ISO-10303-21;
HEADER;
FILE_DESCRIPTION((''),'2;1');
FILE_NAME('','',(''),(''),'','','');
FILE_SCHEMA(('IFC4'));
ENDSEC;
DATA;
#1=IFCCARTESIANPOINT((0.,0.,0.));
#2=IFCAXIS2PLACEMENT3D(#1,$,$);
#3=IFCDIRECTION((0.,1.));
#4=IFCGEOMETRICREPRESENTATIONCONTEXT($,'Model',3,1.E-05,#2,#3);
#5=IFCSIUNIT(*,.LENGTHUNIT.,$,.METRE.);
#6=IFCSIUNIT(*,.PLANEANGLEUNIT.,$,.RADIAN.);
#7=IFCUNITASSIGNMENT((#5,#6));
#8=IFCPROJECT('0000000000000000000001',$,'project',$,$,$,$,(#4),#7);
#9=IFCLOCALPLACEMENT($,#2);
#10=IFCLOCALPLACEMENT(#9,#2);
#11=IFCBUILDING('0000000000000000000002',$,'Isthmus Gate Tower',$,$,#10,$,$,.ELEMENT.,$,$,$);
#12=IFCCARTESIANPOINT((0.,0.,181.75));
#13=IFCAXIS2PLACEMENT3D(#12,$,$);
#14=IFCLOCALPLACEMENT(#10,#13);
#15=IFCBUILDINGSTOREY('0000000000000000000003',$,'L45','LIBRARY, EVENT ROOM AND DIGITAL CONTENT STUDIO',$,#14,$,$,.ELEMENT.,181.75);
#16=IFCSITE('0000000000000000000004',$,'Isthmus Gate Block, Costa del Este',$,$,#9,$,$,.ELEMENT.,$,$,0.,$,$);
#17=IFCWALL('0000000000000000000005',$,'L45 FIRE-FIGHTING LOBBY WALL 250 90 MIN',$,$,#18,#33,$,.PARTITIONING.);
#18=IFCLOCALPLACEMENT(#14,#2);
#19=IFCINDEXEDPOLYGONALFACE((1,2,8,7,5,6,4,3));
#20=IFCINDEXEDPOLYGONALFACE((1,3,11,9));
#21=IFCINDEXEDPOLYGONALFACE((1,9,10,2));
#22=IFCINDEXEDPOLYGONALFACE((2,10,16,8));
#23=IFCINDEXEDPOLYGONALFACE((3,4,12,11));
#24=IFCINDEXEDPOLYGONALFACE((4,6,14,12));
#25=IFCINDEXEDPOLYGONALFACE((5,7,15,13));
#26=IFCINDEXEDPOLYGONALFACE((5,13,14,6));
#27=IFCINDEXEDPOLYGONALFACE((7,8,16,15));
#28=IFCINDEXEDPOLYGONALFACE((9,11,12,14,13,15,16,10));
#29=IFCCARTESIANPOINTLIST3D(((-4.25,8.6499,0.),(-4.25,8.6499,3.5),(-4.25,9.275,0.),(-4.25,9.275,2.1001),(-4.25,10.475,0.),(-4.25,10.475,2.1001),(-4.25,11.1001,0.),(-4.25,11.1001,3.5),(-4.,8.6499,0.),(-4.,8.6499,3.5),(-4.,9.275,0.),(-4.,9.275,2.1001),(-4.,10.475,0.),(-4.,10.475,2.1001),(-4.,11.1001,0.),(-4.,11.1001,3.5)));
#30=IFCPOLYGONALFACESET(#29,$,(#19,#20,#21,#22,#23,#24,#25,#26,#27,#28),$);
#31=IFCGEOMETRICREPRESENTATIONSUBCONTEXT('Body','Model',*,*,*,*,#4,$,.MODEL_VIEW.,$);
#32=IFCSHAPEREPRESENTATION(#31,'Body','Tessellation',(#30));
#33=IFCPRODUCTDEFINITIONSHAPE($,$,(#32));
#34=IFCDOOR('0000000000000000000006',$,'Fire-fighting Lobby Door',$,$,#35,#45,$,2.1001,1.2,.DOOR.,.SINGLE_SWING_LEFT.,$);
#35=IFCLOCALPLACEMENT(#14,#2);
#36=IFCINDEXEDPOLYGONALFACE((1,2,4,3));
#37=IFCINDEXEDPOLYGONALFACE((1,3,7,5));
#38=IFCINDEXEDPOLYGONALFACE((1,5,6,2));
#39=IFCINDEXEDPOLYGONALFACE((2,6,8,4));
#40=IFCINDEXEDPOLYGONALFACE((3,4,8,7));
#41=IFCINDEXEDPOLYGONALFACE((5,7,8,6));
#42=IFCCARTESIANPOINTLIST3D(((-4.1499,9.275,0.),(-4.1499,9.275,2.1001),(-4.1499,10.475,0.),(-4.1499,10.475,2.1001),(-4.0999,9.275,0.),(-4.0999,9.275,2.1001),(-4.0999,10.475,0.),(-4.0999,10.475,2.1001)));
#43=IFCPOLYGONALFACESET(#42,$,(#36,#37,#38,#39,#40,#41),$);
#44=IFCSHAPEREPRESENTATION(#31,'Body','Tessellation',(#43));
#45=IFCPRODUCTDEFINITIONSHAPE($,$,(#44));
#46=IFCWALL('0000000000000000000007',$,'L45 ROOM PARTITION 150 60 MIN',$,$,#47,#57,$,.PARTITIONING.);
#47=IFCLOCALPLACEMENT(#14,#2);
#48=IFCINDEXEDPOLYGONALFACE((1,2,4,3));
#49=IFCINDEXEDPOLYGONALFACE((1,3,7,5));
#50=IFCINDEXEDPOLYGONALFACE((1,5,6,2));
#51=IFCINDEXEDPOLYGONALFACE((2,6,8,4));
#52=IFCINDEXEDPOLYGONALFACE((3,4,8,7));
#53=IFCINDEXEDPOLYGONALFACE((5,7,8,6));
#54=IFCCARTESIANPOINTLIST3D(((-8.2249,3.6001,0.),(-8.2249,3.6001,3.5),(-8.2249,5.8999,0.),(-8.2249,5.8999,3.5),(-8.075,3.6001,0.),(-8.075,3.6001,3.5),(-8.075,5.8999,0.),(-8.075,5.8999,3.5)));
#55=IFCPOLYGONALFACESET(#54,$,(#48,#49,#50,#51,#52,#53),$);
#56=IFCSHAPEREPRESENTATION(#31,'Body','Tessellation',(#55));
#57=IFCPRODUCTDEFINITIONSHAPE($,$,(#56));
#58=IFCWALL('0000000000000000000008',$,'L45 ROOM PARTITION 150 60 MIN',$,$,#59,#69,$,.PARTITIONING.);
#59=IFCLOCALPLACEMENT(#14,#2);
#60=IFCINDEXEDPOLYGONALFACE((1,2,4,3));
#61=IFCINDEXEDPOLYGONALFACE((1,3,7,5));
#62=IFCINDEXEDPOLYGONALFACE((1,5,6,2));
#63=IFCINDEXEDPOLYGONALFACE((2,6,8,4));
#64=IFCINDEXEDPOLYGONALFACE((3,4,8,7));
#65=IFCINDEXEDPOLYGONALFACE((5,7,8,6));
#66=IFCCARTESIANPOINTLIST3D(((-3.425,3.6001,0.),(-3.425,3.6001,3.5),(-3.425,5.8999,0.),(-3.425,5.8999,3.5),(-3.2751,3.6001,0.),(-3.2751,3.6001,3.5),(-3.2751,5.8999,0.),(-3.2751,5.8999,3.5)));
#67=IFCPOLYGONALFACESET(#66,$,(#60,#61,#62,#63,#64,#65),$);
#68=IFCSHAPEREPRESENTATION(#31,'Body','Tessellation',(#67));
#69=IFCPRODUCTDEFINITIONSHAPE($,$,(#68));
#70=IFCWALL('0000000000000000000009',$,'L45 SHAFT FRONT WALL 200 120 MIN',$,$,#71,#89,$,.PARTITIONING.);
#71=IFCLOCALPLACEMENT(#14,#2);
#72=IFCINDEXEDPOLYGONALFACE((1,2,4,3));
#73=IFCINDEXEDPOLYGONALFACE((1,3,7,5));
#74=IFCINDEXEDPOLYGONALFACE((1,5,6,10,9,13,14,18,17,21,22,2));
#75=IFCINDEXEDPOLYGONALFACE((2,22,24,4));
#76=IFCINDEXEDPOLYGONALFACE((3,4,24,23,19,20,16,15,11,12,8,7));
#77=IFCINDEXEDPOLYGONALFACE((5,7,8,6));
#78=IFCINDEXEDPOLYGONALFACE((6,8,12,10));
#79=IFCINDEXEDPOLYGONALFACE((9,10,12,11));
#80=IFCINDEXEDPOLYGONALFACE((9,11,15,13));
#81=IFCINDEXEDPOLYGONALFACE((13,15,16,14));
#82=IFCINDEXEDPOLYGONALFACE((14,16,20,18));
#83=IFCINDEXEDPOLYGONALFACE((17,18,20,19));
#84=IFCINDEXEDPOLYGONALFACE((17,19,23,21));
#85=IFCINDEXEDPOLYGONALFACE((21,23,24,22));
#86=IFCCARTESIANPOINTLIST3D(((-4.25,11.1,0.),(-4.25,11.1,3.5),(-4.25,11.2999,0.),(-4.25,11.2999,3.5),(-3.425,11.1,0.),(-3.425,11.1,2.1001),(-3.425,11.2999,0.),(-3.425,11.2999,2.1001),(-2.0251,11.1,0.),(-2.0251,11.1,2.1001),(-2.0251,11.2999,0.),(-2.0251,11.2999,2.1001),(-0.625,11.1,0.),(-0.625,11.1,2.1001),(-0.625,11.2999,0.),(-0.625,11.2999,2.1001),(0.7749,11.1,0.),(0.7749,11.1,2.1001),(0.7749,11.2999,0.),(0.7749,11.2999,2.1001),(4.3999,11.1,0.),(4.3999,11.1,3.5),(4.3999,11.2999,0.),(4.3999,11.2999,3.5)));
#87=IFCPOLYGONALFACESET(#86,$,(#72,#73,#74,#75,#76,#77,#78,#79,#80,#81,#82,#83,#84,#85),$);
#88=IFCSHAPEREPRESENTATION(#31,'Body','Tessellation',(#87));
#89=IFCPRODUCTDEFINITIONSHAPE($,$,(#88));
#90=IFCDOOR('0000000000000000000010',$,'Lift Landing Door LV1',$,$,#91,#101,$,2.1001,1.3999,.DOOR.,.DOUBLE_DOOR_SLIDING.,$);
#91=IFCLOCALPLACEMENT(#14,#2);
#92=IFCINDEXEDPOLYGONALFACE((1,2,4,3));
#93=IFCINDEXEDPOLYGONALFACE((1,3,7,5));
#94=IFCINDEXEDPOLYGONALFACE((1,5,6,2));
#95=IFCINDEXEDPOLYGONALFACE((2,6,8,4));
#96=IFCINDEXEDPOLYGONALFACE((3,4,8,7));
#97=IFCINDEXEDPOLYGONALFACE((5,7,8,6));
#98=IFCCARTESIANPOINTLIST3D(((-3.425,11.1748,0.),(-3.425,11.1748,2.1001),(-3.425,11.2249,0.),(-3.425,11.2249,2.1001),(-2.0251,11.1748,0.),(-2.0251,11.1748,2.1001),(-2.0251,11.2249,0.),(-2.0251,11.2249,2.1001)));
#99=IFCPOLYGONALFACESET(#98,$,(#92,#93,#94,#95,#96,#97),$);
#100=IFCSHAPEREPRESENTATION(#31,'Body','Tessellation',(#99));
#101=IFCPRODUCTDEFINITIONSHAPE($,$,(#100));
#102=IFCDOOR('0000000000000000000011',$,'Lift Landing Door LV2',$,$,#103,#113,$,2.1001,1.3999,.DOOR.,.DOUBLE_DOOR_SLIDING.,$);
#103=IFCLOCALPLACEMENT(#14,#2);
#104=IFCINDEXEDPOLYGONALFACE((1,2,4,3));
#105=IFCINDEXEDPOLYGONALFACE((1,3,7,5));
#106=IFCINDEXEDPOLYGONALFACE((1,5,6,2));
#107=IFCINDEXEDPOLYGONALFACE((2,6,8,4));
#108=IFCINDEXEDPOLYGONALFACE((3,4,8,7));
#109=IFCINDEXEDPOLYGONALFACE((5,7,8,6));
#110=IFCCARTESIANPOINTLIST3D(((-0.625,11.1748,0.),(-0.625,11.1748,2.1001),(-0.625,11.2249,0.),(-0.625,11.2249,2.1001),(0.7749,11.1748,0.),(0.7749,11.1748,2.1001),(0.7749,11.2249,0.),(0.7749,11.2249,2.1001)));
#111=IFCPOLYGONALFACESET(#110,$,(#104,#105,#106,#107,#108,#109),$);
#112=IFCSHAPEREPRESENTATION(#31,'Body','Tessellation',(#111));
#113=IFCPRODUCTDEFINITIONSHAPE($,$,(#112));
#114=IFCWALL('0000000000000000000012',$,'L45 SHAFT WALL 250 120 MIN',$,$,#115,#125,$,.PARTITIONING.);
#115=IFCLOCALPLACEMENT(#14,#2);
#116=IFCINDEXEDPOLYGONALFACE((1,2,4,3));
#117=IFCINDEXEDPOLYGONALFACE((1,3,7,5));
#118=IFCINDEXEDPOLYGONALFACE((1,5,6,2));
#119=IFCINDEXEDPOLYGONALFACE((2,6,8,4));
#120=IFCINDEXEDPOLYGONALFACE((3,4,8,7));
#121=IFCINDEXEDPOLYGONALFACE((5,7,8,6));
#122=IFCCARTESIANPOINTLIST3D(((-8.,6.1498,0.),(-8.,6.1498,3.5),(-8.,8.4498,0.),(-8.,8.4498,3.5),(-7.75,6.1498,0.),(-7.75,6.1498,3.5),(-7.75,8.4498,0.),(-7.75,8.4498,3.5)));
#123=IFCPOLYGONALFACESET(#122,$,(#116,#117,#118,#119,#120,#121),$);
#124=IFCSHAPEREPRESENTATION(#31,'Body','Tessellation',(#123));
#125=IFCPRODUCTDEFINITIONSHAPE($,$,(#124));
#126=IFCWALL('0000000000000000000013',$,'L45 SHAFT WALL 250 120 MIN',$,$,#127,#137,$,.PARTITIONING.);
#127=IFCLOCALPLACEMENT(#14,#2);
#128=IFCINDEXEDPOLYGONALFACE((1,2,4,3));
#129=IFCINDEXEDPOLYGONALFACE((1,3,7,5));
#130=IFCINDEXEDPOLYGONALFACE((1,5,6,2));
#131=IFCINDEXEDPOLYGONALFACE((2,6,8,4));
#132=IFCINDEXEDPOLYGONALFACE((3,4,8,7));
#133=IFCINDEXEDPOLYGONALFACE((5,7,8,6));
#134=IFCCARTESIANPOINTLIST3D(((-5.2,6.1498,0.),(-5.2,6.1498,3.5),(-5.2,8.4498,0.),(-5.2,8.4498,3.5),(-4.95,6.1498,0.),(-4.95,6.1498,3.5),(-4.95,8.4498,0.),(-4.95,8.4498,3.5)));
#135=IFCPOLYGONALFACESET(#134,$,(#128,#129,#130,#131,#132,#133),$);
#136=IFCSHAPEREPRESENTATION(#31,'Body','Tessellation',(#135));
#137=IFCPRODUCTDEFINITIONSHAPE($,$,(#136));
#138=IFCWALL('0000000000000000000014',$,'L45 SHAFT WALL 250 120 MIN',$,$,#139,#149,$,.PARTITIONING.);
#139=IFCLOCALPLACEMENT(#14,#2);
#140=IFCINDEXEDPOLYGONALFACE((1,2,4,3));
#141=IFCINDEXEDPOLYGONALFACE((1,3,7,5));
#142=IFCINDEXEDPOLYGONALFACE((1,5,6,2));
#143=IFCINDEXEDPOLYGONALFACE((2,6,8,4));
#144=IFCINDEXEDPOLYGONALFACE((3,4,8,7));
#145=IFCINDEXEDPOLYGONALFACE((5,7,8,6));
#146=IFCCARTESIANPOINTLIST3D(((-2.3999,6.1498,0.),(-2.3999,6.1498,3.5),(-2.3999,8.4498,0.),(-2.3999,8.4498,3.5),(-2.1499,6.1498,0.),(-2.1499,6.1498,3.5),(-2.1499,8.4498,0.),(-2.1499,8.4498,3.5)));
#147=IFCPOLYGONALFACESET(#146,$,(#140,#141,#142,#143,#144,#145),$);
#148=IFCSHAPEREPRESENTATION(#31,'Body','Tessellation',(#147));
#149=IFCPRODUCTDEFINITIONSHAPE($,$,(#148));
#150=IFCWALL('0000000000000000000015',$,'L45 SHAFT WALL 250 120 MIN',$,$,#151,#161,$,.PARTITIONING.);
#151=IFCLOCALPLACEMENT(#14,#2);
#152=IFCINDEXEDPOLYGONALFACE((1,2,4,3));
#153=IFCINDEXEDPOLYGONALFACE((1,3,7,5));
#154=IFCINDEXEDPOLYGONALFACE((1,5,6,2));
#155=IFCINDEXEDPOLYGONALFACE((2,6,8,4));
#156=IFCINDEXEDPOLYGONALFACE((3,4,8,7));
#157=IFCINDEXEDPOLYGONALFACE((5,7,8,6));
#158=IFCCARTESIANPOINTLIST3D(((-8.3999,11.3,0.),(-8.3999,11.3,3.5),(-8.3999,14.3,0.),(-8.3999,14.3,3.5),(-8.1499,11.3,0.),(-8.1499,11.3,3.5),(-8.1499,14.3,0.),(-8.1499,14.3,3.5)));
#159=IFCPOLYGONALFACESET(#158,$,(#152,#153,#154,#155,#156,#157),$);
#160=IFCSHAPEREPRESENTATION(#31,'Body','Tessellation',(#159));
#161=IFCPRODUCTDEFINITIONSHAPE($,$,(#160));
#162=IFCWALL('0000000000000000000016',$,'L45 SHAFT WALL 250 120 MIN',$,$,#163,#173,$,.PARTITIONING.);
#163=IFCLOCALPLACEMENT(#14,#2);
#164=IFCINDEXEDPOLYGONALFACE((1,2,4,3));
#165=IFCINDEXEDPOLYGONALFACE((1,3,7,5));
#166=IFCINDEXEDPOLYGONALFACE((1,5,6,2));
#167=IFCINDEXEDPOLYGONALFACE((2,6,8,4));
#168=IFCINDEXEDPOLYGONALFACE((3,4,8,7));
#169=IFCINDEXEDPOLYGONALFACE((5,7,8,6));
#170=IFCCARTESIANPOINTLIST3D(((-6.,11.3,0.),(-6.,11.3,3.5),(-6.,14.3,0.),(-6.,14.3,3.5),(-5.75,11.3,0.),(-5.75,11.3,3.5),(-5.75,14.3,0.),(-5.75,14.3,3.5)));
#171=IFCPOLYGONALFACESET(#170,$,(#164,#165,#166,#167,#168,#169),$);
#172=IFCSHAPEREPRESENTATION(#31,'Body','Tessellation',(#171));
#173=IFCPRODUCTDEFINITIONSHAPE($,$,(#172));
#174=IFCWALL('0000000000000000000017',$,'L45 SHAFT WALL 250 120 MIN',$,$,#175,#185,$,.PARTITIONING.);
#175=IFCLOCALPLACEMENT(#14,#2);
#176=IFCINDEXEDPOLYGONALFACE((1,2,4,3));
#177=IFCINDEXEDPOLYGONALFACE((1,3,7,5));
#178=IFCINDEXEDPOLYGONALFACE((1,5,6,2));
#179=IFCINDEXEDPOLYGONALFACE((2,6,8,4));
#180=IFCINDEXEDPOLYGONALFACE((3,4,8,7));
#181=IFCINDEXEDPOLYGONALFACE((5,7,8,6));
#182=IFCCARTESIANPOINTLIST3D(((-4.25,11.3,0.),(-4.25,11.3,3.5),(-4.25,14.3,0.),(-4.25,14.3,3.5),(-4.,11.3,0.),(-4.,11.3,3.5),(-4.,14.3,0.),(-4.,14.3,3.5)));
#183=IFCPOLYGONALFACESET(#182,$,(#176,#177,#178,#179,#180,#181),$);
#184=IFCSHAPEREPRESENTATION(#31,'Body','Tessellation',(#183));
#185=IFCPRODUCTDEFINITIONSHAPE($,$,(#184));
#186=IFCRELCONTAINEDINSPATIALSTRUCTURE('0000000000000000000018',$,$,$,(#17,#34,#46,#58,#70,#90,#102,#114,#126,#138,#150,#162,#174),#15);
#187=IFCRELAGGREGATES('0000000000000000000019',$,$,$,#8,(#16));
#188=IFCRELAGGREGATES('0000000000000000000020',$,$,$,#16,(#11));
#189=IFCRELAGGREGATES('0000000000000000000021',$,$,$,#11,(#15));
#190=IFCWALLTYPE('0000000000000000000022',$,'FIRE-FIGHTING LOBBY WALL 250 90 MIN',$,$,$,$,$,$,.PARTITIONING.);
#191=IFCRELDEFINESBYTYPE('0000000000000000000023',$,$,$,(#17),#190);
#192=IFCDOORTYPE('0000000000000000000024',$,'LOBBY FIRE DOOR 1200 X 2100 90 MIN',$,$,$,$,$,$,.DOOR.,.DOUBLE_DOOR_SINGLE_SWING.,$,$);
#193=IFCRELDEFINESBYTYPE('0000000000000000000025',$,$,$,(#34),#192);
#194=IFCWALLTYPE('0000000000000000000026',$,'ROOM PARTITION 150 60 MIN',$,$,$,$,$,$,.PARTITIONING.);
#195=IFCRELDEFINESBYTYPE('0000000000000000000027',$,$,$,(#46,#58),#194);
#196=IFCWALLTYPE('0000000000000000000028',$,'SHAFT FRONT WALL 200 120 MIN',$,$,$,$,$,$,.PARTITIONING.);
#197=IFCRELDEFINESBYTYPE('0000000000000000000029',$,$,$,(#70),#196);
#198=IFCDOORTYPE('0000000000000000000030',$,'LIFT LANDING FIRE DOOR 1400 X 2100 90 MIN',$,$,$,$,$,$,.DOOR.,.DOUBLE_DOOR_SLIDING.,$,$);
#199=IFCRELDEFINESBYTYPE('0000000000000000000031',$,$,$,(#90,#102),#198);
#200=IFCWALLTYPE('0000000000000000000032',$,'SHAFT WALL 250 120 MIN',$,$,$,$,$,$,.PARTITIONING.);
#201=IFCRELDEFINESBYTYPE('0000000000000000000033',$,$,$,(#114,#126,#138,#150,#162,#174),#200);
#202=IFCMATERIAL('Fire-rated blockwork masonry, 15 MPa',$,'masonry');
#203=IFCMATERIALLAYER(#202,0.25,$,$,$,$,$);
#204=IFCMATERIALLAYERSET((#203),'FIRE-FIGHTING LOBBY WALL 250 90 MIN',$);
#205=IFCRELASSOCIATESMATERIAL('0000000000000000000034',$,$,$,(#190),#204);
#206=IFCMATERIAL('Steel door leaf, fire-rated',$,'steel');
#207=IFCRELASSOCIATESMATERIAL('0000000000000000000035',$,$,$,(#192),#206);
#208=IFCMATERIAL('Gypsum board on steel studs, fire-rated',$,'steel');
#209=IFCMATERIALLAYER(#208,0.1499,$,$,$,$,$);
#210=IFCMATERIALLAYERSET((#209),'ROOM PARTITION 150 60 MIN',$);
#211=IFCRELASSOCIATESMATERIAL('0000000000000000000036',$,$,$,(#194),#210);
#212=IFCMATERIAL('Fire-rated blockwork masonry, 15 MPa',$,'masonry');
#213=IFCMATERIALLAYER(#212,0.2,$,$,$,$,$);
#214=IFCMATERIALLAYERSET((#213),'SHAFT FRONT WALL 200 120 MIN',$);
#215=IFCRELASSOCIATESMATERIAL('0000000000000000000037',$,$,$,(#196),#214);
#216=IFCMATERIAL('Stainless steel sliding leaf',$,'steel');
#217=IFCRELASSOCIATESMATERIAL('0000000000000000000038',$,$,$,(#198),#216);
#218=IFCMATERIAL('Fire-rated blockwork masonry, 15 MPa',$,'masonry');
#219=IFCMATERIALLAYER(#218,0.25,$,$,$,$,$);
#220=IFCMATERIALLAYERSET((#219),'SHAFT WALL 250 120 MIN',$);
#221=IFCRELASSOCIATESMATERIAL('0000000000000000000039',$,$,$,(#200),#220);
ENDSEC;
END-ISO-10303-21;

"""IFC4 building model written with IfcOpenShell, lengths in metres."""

from ifc_helpers import new_model, si_unit, direction, frame, frame_2d, origin, place, context, subcontext, project, spatial, rectangle, extrude, material, layer, layer_set, type_object, element, fill, save


model = new_model("IFC4")

# Units and contexts
model_context = context("Model", 3, precision=1e-05, world=origin(), true_north=direction((0.0, 1.0)))
body_context = subcontext(model_context, "Body", "Model", "MODEL_VIEW")
ifc_project = project(units=[si_unit("LENGTHUNIT", "METRE"), si_unit("PLANEANGLEUNIT", "RADIAN")], contexts=[model_context])

# Site, building, storey
site_placement = place(None, origin())
site = spatial("IfcSite", under=ifc_project, at=site_placement, Name="Isthmus Gate Block, Costa del Este", CompositionType="ELEMENT", RefElevation=0.0)
building_placement = place(site_placement, origin())
building = spatial("IfcBuilding", under=site, at=building_placement, Name="Isthmus Gate Tower", CompositionType="ELEMENT")
storey_placement = place(building_placement, frame((0.0, 0.0, 181.75)))
storey = spatial("IfcBuildingStorey", under=building, at=storey_placement, Name="L45", Description="LIBRARY, EVENT ROOM AND DIGITAL CONTENT STUDIO", CompositionType="ELEMENT", Elevation=181.75)

# Wall, opening, door
ifc_material_1 = material(Name="Fire-rated blockwork masonry, 15 MPa", Category="masonry")
ifc_layer_1 = layer(ifc_material_1, 0.25)
ifc_layer_set_1 = layer_set([ifc_layer_1], Name="FIRE-FIGHTING LOBBY WALL 250 90 MIN")
wall_type_1 = type_object("IfcWallType", Name="FIRE-FIGHTING LOBBY WALL 250 90 MIN", PredefinedType="PARTITIONING", material=ifc_layer_set_1)
wall_1_placement = place(storey_placement, frame((-4.125, 8.6499, 0.0), z_axis=(0.0, 0.0, 1.0), x_axis=(0.0, 1.0, 0.0)))
wall_1 = element("IfcWall", 1, at=wall_1_placement, inside=storey, type_object=wall_type_1, Name="L45 FIRE-FIGHTING LOBBY WALL 250 90 MIN", PredefinedType="PARTITIONING", context=body_context, shape_type="SweptSolid", body=[
    extrude(rectangle(XDim=2.4502, YDim=0.25, at=frame_2d((1.2251, 0.0))), origin(), (0.0, 0.0, 1.0), 3.5),
])
opening_1_placement = place(wall_1_placement, frame((0.625, 0.0, 0.0)))
opening_1 = element("IfcOpeningElement", 2, at=opening_1_placement, cuts=wall_1, PredefinedType="OPENING", context=body_context, shape_type="SweptSolid", body=[
    extrude(rectangle(XDim=1.2, YDim=2.1001, at=frame_2d((0.6001, 1.05))), frame((0.0, 0.135, 0.0), z_axis=(0.0, -1.0, 0.0), x_axis=(1.0, 0.0, 0.0)), (0.0, 0.0, 1.0), 0.27),
])
ifc_material_2 = material(Name="Steel door leaf, fire-rated", Category="steel")
door_type_1 = type_object("IfcDoorType", Name="LOBBY FIRE DOOR 1200 X 2100 90 MIN", OperationType="DOUBLE_DOOR_SINGLE_SWING", PredefinedType="DOOR", material=ifc_material_2)
door_1_placement = place(opening_1_placement, origin())
door_1 = element("IfcDoor", 3, at=door_1_placement, inside=storey, type_object=door_type_1, Name="Fire-fighting Lobby Door", OperationType="SINGLE_SWING_LEFT", OverallHeight=2.1001, OverallWidth=1.2, PredefinedType="DOOR", context=body_context, shape_type="SweptSolid", body=[
    extrude(rectangle(XDim=1.2, YDim=2.1001, at=frame_2d((0.6001, 1.05))), frame((0.0, 0.0249, 0.0), z_axis=(0.0, -1.0, 0.0), x_axis=(1.0, 0.0, 0.0)), (0.0, 0.0, 1.0), 0.05),
])
fill(opening_1, door_1)

# Walls
ifc_material_3 = material(Name="Gypsum board on steel studs, fire-rated", Category="steel")
ifc_layer_2 = layer(ifc_material_3, 0.1499)
ifc_layer_set_2 = layer_set([ifc_layer_2], Name="ROOM PARTITION 150 60 MIN")
wall_type_2 = type_object("IfcWallType", Name="ROOM PARTITION 150 60 MIN", PredefinedType="PARTITIONING", material=ifc_layer_set_2)
for number, where, z_axis, x_axis, name in (
    (4, (-8.1499, 3.6001, 0.0), (0.0, 0.0, 1.0), (0.0, 1.0, 0.0), "L45 ROOM PARTITION 150 60 MIN"),
    (5, (-3.3501, 3.6001, 0.0), (0.0, 0.0, 1.0), (0.0, 1.0, 0.0), "L45 ROOM PARTITION 150 60 MIN"),
):
    element("IfcWall", number, at=place(storey_placement, frame(where, z_axis=z_axis, x_axis=x_axis)), inside=storey, type_object=wall_type_2, Name=name, PredefinedType="PARTITIONING", context=body_context, shape_type="SweptSolid", body=[
        extrude(rectangle(XDim=2.2998, YDim=0.1499, at=frame_2d((1.1499, 0.0))), origin(), (0.0, 0.0, 1.0), 3.5),
    ])

# Wall, openings, doors
ifc_material_4 = material(Name="Fire-rated blockwork masonry, 15 MPa", Category="masonry")
ifc_layer_3 = layer(ifc_material_4, 0.2)
ifc_layer_set_3 = layer_set([ifc_layer_3], Name="SHAFT FRONT WALL 200 120 MIN")
wall_type_3 = type_object("IfcWallType", Name="SHAFT FRONT WALL 200 120 MIN", PredefinedType="PARTITIONING", material=ifc_layer_set_3)
wall_2_placement = place(storey_placement, frame((-4.25, 11.2, 0.0), z_axis=(0.0, 0.0, 1.0), x_axis=(1.0, 0.0, 0.0)))
wall_2 = element("IfcWall", 6, at=wall_2_placement, inside=storey, type_object=wall_type_3, Name="L45 SHAFT FRONT WALL 200 120 MIN", PredefinedType="PARTITIONING", context=body_context, shape_type="SweptSolid", body=[
    extrude(rectangle(XDim=8.6499, YDim=0.2, at=frame_2d((4.325, 0.0))), origin(), (0.0, 0.0, 1.0), 3.5),
])
opening_2_placement = place(wall_2_placement, frame((0.825, 0.0, 0.0)))
opening_2 = element("IfcOpeningElement", 7, at=opening_2_placement, cuts=wall_2, PredefinedType="OPENING", context=body_context, shape_type="SweptSolid", body=[
    extrude(rectangle(XDim=1.3999, YDim=2.1001, at=frame_2d((0.7, 1.05))), frame((0.0, 0.1099, 0.0), z_axis=(0.0, -1.0, 0.0), x_axis=(1.0, 0.0, 0.0)), (0.0, 0.0, 1.0), 0.22),
])
opening_3_placement = place(wall_2_placement, frame((3.625, 0.0, 0.0)))
opening_3 = element("IfcOpeningElement", 8, at=opening_3_placement, cuts=wall_2, PredefinedType="OPENING", context=body_context, shape_type="SweptSolid", body=[
    extrude(rectangle(XDim=1.3999, YDim=2.1001, at=frame_2d((0.7, 1.05))), frame((0.0, 0.1099, 0.0), z_axis=(0.0, -1.0, 0.0), x_axis=(1.0, 0.0, 0.0)), (0.0, 0.0, 1.0), 0.22),
])
ifc_material_5 = material(Name="Stainless steel sliding leaf", Category="steel")
door_type_2 = type_object("IfcDoorType", Name="LIFT LANDING FIRE DOOR 1400 X 2100 90 MIN", OperationType="DOUBLE_DOOR_SLIDING", PredefinedType="DOOR", material=ifc_material_5)
door_2_placement = place(opening_2_placement, origin())
door_2 = element("IfcDoor", 9, at=door_2_placement, inside=storey, type_object=door_type_2, Name="Lift Landing Door LV1", OperationType="DOUBLE_DOOR_SLIDING", OverallHeight=2.1001, OverallWidth=1.3999, PredefinedType="DOOR", context=body_context, shape_type="SweptSolid", body=[
    extrude(rectangle(XDim=1.3999, YDim=2.1001, at=frame_2d((0.7, 1.05))), frame((0.0, 0.0249, 0.0), z_axis=(0.0, -1.0, 0.0), x_axis=(1.0, 0.0, 0.0)), (0.0, 0.0, 1.0), 0.05),
])
fill(opening_2, door_2)
door_3_placement = place(opening_3_placement, origin())
door_3 = element("IfcDoor", 10, at=door_3_placement, inside=storey, type_object=door_type_2, Name="Lift Landing Door LV2", OperationType="DOUBLE_DOOR_SLIDING", OverallHeight=2.1001, OverallWidth=1.3999, PredefinedType="DOOR", context=body_context, shape_type="SweptSolid", body=[
    extrude(rectangle(XDim=1.3999, YDim=2.1001, at=frame_2d((0.7, 1.05))), frame((0.0, 0.0249, 0.0), z_axis=(0.0, -1.0, 0.0), x_axis=(1.0, 0.0, 0.0)), (0.0, 0.0, 1.0), 0.05),
])
fill(opening_3, door_3)

# Walls
ifc_material_6 = material(Name="Fire-rated blockwork masonry, 15 MPa", Category="masonry")
ifc_layer_4 = layer(ifc_material_6, 0.25)
ifc_layer_set_4 = layer_set([ifc_layer_4], Name="SHAFT WALL 250 120 MIN")
wall_type_4 = type_object("IfcWallType", Name="SHAFT WALL 250 120 MIN", PredefinedType="PARTITIONING", material=ifc_layer_set_4)
for number, where, z_axis, x_axis, name in (
    (11, (-7.875, 6.1499, 0.0), (0.0, 0.0, 1.0), (0.0, 1.0, 0.0), "L45 SHAFT WALL 250 120 MIN"),
    (12, (-5.075, 6.1499, 0.0), (0.0, 0.0, 1.0), (0.0, 1.0, 0.0), "L45 SHAFT WALL 250 120 MIN"),
    (13, (-2.2749, 6.1499, 0.0), (0.0, 0.0, 1.0), (0.0, 1.0, 0.0), "L45 SHAFT WALL 250 120 MIN"),
):
    element("IfcWall", number, at=place(storey_placement, frame(where, z_axis=z_axis, x_axis=x_axis)), inside=storey, type_object=wall_type_4, Name=name, PredefinedType="PARTITIONING", context=body_context, shape_type="SweptSolid", body=[
        extrude(rectangle(XDim=2.3, YDim=0.25, at=frame_2d((1.1499, 0.0))), origin(), (0.0, 0.0, 1.0), 3.5),
    ])
for number, where, z_axis, x_axis, name in (
    (14, (-8.2749, 11.3, 0.0), (0.0, 0.0, 1.0), (0.0, 1.0, 0.0), "L45 SHAFT WALL 250 120 MIN"),
    (15, (-5.875, 11.3, 0.0), (0.0, 0.0, 1.0), (0.0, 1.0, 0.0), "L45 SHAFT WALL 250 120 MIN"),
    (16, (-4.125, 11.3, 0.0), (0.0, 0.0, 1.0), (0.0, 1.0, 0.0), "L45 SHAFT WALL 250 120 MIN"),
):
    element("IfcWall", number, at=place(storey_placement, frame(where, z_axis=z_axis, x_axis=x_axis)), inside=storey, type_object=wall_type_4, Name=name, PredefinedType="PARTITIONING", context=body_context, shape_type="SweptSolid", body=[
        extrude(rectangle(XDim=3.0, YDim=0.25, at=frame_2d((1.5, 0.0))), origin(), (0.0, 0.0, 1.0), 3.5),
    ])

save(model, "model.ifc")
